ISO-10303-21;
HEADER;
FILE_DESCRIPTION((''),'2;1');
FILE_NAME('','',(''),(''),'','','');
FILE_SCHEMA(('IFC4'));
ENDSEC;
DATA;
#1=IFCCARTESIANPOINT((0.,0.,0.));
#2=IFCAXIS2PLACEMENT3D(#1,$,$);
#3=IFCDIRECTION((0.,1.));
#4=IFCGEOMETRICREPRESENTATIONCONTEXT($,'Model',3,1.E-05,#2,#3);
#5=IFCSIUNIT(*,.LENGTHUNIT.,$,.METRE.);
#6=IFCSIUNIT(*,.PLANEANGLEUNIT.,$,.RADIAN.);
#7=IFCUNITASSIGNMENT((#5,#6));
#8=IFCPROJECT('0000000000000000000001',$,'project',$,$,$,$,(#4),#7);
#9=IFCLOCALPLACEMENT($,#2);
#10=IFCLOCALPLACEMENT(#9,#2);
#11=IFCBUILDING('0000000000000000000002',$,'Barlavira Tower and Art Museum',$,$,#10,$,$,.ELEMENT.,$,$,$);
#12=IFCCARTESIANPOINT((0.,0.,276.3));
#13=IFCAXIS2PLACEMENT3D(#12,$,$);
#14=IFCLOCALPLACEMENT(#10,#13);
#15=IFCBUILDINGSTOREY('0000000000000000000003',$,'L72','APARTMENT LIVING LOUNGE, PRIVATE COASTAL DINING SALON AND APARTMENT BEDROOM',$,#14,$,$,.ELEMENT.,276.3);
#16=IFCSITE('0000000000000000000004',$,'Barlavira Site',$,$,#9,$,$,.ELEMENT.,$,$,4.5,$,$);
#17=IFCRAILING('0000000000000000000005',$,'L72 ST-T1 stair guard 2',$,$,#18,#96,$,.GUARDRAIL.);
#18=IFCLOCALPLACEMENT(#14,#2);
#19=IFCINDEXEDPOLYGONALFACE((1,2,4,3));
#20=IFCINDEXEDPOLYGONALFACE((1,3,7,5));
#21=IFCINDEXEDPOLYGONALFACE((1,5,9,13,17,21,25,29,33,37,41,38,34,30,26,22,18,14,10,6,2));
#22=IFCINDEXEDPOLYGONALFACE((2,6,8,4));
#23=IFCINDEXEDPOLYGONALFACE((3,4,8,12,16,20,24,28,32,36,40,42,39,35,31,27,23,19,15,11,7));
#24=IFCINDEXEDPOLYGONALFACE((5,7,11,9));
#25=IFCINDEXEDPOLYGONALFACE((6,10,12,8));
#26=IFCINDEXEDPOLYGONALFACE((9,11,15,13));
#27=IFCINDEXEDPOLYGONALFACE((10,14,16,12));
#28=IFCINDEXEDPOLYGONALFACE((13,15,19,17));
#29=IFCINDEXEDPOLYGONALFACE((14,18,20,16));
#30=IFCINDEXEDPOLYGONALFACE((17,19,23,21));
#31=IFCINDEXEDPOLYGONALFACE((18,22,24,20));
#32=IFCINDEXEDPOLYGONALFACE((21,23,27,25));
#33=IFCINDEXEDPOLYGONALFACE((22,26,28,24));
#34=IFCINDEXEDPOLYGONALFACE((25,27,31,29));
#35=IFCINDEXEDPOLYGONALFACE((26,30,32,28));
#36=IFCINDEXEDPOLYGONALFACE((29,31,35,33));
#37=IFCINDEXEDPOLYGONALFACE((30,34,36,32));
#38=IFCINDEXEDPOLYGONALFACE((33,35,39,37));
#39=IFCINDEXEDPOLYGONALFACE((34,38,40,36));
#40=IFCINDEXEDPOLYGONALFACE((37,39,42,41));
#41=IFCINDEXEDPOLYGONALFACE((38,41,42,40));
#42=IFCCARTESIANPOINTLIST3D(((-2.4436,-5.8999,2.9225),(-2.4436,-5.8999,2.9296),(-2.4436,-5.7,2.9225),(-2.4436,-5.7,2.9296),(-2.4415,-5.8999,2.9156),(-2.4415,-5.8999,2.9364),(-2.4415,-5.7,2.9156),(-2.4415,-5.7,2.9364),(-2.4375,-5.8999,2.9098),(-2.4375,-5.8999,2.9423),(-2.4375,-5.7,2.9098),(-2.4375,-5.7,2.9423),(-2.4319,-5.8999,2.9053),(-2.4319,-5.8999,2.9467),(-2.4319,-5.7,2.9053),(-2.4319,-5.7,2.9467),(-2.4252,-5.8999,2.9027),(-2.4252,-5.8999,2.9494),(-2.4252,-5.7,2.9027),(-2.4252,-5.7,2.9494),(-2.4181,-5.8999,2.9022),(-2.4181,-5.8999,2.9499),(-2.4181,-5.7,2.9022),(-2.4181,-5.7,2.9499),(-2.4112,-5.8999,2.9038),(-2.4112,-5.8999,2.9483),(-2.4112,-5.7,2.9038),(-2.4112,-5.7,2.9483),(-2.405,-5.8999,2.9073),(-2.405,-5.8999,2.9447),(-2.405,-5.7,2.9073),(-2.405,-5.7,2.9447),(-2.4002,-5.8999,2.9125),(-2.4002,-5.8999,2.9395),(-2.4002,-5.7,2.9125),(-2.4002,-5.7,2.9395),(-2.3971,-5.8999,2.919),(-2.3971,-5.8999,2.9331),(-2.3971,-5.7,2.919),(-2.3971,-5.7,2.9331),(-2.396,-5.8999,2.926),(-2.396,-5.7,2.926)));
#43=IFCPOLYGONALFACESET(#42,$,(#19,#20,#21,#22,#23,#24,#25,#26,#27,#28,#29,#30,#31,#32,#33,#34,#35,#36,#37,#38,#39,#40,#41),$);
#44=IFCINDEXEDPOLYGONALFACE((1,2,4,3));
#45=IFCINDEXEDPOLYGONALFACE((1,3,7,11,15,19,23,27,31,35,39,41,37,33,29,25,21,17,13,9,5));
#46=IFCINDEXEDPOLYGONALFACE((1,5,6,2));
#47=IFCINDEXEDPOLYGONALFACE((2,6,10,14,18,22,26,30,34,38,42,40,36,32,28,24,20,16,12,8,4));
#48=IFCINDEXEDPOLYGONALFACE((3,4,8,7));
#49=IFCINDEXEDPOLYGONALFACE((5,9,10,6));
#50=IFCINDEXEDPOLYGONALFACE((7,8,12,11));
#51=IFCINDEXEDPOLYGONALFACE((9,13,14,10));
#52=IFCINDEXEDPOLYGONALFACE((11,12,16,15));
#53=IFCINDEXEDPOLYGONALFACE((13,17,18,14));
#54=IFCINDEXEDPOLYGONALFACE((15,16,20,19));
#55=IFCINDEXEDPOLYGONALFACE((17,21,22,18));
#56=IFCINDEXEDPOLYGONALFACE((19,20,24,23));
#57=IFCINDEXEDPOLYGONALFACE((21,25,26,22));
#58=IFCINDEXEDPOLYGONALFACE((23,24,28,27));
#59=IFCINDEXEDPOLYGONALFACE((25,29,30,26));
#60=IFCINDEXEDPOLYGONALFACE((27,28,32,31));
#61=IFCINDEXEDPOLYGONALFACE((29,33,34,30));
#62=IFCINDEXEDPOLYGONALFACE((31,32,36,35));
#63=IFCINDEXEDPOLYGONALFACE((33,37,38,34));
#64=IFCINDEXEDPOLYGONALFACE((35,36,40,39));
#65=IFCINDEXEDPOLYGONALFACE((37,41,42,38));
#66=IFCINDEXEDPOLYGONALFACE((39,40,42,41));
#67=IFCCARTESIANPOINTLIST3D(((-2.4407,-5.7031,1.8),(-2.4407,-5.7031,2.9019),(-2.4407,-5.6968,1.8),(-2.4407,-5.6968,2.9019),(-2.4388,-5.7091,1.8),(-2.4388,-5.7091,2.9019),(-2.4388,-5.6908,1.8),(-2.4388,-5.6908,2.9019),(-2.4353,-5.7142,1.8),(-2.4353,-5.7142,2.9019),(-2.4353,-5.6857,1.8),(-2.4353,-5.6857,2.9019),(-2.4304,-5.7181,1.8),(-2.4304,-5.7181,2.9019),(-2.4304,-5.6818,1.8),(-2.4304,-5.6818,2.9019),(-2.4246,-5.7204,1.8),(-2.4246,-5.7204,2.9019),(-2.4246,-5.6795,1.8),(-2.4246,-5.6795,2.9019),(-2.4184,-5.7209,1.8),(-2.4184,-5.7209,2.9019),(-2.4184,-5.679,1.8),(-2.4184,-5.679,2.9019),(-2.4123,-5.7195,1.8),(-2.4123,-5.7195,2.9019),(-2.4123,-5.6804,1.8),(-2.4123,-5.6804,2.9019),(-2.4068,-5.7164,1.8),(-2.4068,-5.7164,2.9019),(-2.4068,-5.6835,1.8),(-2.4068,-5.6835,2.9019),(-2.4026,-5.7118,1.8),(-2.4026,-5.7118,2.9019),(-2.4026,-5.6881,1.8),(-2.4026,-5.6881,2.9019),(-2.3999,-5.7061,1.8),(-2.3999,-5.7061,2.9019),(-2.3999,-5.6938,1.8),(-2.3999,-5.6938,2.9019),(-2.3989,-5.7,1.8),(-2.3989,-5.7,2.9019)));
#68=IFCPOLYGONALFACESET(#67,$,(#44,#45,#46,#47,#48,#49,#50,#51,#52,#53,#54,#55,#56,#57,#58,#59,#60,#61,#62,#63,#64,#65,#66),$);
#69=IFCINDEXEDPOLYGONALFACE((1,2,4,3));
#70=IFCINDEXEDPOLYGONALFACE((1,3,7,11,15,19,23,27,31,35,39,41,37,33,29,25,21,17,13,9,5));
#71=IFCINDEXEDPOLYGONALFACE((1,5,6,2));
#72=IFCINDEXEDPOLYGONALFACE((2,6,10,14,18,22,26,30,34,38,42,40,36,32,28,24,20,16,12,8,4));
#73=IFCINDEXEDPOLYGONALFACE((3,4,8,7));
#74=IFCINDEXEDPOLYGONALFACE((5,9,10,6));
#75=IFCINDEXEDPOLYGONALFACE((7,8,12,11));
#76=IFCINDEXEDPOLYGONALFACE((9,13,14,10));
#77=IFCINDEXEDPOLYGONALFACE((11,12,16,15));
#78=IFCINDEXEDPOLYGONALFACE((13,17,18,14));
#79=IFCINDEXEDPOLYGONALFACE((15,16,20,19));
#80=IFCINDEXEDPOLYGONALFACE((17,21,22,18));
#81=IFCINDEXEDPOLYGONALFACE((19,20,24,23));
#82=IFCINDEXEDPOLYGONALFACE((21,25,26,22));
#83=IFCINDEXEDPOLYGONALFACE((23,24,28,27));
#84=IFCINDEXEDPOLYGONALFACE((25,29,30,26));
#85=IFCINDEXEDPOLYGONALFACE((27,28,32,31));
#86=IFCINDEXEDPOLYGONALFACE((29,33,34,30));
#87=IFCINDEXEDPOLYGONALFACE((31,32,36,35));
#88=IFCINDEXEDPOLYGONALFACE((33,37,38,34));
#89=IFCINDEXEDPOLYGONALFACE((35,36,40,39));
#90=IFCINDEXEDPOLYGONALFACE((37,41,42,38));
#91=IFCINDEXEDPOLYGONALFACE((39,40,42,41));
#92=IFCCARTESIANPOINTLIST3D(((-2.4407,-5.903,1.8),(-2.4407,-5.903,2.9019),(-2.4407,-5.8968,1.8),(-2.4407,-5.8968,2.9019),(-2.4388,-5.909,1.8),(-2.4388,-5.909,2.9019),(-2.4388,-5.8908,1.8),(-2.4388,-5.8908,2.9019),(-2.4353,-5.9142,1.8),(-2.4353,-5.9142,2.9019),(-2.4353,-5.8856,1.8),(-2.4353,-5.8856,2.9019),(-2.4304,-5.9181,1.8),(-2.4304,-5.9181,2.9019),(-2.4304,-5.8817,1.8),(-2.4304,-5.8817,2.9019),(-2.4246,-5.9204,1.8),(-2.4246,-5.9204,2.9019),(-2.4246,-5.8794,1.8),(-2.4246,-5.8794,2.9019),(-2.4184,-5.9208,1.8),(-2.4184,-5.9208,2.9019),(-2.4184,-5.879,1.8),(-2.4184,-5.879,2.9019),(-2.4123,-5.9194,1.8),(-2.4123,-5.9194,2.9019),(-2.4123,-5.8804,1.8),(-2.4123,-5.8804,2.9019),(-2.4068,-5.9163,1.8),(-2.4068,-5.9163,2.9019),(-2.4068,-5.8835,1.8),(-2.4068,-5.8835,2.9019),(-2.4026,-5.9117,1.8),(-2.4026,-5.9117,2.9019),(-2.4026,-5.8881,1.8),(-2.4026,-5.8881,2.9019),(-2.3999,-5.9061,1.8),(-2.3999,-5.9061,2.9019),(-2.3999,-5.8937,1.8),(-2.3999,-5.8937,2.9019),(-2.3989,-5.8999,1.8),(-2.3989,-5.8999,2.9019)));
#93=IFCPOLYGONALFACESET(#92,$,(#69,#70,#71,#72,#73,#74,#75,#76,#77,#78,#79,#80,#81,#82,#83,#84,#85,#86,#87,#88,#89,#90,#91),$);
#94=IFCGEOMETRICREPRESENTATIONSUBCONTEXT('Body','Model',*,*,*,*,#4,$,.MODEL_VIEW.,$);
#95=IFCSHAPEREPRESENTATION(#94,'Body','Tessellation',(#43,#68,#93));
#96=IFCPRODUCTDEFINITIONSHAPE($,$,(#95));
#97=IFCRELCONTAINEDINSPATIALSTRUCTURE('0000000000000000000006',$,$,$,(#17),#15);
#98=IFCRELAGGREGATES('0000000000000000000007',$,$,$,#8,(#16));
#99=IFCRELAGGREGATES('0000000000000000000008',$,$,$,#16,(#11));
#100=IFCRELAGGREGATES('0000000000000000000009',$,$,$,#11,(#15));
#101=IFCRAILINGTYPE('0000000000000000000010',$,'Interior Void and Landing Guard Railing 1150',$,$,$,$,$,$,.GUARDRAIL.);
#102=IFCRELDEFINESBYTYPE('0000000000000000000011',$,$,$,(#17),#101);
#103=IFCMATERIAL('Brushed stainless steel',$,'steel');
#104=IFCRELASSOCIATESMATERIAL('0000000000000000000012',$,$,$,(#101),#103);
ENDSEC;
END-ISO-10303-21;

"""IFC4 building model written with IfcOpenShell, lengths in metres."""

from ifc_helpers import new_model, si_unit, direction, frame, origin, origin_2d, place, context, subcontext, project, spatial, circle, extrude, material, type_object, element, save


model = new_model("IFC4")

# Units and contexts
model_context = context("Model", 3, precision=1e-05, world=origin(), true_north=direction((0.0, 1.0)))
body_context = subcontext(model_context, "Body", "Model", "MODEL_VIEW")
ifc_project = project(units=[si_unit("LENGTHUNIT", "METRE"), si_unit("PLANEANGLEUNIT", "RADIAN")], contexts=[model_context])

# Site, building, storey
site_placement = place(None, origin())
site = spatial("IfcSite", under=ifc_project, at=site_placement, Name="Barlavira Site", CompositionType="ELEMENT", RefElevation=4.5)
building_placement = place(site_placement, origin())
building = spatial("IfcBuilding", under=site, at=building_placement, Name="Barlavira Tower and Art Museum", CompositionType="ELEMENT")
storey_placement = place(building_placement, frame((0.0, 0.0, 276.3)))
storey = spatial("IfcBuildingStorey", under=building, at=storey_placement, Name="L72", Description="APARTMENT LIVING LOUNGE, PRIVATE COASTAL DINING SALON AND APARTMENT BEDROOM", CompositionType="ELEMENT", Elevation=276.3)

# Shared definitions
ifc_material_1 = material(Name="Brushed stainless steel", Category="steel")

# Railing
railing_type_1 = type_object("IfcRailingType", Name="Interior Void and Landing Guard Railing 1150", PredefinedType="GUARDRAIL", material=ifc_material_1)
railing_1_placement = place(storey_placement, frame((-2.4199, -5.7, 1.8)))
element("IfcRailing", 1, at=railing_1_placement, inside=storey, type_object=railing_type_1, Name="L72 ST-T1 stair guard 2", PredefinedType="GUARDRAIL", context=body_context, shape_type="SweptSolid", body=[
    extrude(circle(Radius=0.0239, at=origin_2d()), frame((0.0, 0.0, 1.126), z_axis=(0.0, -1.0, 0.0), x_axis=(1.0, 0.0, 0.0)), (0.0, 0.0, 1.0), 0.2),
    extrude(circle(Radius=0.021, at=origin_2d()), origin(), (0.0, 0.0, 1.0), 1.1018),
    extrude(circle(Radius=0.021, at=origin_2d()), frame((0.0, -0.2, 0.0)), (0.0, 0.0, 1.0), 1.1018),
])

save(model, "model.ifc")
